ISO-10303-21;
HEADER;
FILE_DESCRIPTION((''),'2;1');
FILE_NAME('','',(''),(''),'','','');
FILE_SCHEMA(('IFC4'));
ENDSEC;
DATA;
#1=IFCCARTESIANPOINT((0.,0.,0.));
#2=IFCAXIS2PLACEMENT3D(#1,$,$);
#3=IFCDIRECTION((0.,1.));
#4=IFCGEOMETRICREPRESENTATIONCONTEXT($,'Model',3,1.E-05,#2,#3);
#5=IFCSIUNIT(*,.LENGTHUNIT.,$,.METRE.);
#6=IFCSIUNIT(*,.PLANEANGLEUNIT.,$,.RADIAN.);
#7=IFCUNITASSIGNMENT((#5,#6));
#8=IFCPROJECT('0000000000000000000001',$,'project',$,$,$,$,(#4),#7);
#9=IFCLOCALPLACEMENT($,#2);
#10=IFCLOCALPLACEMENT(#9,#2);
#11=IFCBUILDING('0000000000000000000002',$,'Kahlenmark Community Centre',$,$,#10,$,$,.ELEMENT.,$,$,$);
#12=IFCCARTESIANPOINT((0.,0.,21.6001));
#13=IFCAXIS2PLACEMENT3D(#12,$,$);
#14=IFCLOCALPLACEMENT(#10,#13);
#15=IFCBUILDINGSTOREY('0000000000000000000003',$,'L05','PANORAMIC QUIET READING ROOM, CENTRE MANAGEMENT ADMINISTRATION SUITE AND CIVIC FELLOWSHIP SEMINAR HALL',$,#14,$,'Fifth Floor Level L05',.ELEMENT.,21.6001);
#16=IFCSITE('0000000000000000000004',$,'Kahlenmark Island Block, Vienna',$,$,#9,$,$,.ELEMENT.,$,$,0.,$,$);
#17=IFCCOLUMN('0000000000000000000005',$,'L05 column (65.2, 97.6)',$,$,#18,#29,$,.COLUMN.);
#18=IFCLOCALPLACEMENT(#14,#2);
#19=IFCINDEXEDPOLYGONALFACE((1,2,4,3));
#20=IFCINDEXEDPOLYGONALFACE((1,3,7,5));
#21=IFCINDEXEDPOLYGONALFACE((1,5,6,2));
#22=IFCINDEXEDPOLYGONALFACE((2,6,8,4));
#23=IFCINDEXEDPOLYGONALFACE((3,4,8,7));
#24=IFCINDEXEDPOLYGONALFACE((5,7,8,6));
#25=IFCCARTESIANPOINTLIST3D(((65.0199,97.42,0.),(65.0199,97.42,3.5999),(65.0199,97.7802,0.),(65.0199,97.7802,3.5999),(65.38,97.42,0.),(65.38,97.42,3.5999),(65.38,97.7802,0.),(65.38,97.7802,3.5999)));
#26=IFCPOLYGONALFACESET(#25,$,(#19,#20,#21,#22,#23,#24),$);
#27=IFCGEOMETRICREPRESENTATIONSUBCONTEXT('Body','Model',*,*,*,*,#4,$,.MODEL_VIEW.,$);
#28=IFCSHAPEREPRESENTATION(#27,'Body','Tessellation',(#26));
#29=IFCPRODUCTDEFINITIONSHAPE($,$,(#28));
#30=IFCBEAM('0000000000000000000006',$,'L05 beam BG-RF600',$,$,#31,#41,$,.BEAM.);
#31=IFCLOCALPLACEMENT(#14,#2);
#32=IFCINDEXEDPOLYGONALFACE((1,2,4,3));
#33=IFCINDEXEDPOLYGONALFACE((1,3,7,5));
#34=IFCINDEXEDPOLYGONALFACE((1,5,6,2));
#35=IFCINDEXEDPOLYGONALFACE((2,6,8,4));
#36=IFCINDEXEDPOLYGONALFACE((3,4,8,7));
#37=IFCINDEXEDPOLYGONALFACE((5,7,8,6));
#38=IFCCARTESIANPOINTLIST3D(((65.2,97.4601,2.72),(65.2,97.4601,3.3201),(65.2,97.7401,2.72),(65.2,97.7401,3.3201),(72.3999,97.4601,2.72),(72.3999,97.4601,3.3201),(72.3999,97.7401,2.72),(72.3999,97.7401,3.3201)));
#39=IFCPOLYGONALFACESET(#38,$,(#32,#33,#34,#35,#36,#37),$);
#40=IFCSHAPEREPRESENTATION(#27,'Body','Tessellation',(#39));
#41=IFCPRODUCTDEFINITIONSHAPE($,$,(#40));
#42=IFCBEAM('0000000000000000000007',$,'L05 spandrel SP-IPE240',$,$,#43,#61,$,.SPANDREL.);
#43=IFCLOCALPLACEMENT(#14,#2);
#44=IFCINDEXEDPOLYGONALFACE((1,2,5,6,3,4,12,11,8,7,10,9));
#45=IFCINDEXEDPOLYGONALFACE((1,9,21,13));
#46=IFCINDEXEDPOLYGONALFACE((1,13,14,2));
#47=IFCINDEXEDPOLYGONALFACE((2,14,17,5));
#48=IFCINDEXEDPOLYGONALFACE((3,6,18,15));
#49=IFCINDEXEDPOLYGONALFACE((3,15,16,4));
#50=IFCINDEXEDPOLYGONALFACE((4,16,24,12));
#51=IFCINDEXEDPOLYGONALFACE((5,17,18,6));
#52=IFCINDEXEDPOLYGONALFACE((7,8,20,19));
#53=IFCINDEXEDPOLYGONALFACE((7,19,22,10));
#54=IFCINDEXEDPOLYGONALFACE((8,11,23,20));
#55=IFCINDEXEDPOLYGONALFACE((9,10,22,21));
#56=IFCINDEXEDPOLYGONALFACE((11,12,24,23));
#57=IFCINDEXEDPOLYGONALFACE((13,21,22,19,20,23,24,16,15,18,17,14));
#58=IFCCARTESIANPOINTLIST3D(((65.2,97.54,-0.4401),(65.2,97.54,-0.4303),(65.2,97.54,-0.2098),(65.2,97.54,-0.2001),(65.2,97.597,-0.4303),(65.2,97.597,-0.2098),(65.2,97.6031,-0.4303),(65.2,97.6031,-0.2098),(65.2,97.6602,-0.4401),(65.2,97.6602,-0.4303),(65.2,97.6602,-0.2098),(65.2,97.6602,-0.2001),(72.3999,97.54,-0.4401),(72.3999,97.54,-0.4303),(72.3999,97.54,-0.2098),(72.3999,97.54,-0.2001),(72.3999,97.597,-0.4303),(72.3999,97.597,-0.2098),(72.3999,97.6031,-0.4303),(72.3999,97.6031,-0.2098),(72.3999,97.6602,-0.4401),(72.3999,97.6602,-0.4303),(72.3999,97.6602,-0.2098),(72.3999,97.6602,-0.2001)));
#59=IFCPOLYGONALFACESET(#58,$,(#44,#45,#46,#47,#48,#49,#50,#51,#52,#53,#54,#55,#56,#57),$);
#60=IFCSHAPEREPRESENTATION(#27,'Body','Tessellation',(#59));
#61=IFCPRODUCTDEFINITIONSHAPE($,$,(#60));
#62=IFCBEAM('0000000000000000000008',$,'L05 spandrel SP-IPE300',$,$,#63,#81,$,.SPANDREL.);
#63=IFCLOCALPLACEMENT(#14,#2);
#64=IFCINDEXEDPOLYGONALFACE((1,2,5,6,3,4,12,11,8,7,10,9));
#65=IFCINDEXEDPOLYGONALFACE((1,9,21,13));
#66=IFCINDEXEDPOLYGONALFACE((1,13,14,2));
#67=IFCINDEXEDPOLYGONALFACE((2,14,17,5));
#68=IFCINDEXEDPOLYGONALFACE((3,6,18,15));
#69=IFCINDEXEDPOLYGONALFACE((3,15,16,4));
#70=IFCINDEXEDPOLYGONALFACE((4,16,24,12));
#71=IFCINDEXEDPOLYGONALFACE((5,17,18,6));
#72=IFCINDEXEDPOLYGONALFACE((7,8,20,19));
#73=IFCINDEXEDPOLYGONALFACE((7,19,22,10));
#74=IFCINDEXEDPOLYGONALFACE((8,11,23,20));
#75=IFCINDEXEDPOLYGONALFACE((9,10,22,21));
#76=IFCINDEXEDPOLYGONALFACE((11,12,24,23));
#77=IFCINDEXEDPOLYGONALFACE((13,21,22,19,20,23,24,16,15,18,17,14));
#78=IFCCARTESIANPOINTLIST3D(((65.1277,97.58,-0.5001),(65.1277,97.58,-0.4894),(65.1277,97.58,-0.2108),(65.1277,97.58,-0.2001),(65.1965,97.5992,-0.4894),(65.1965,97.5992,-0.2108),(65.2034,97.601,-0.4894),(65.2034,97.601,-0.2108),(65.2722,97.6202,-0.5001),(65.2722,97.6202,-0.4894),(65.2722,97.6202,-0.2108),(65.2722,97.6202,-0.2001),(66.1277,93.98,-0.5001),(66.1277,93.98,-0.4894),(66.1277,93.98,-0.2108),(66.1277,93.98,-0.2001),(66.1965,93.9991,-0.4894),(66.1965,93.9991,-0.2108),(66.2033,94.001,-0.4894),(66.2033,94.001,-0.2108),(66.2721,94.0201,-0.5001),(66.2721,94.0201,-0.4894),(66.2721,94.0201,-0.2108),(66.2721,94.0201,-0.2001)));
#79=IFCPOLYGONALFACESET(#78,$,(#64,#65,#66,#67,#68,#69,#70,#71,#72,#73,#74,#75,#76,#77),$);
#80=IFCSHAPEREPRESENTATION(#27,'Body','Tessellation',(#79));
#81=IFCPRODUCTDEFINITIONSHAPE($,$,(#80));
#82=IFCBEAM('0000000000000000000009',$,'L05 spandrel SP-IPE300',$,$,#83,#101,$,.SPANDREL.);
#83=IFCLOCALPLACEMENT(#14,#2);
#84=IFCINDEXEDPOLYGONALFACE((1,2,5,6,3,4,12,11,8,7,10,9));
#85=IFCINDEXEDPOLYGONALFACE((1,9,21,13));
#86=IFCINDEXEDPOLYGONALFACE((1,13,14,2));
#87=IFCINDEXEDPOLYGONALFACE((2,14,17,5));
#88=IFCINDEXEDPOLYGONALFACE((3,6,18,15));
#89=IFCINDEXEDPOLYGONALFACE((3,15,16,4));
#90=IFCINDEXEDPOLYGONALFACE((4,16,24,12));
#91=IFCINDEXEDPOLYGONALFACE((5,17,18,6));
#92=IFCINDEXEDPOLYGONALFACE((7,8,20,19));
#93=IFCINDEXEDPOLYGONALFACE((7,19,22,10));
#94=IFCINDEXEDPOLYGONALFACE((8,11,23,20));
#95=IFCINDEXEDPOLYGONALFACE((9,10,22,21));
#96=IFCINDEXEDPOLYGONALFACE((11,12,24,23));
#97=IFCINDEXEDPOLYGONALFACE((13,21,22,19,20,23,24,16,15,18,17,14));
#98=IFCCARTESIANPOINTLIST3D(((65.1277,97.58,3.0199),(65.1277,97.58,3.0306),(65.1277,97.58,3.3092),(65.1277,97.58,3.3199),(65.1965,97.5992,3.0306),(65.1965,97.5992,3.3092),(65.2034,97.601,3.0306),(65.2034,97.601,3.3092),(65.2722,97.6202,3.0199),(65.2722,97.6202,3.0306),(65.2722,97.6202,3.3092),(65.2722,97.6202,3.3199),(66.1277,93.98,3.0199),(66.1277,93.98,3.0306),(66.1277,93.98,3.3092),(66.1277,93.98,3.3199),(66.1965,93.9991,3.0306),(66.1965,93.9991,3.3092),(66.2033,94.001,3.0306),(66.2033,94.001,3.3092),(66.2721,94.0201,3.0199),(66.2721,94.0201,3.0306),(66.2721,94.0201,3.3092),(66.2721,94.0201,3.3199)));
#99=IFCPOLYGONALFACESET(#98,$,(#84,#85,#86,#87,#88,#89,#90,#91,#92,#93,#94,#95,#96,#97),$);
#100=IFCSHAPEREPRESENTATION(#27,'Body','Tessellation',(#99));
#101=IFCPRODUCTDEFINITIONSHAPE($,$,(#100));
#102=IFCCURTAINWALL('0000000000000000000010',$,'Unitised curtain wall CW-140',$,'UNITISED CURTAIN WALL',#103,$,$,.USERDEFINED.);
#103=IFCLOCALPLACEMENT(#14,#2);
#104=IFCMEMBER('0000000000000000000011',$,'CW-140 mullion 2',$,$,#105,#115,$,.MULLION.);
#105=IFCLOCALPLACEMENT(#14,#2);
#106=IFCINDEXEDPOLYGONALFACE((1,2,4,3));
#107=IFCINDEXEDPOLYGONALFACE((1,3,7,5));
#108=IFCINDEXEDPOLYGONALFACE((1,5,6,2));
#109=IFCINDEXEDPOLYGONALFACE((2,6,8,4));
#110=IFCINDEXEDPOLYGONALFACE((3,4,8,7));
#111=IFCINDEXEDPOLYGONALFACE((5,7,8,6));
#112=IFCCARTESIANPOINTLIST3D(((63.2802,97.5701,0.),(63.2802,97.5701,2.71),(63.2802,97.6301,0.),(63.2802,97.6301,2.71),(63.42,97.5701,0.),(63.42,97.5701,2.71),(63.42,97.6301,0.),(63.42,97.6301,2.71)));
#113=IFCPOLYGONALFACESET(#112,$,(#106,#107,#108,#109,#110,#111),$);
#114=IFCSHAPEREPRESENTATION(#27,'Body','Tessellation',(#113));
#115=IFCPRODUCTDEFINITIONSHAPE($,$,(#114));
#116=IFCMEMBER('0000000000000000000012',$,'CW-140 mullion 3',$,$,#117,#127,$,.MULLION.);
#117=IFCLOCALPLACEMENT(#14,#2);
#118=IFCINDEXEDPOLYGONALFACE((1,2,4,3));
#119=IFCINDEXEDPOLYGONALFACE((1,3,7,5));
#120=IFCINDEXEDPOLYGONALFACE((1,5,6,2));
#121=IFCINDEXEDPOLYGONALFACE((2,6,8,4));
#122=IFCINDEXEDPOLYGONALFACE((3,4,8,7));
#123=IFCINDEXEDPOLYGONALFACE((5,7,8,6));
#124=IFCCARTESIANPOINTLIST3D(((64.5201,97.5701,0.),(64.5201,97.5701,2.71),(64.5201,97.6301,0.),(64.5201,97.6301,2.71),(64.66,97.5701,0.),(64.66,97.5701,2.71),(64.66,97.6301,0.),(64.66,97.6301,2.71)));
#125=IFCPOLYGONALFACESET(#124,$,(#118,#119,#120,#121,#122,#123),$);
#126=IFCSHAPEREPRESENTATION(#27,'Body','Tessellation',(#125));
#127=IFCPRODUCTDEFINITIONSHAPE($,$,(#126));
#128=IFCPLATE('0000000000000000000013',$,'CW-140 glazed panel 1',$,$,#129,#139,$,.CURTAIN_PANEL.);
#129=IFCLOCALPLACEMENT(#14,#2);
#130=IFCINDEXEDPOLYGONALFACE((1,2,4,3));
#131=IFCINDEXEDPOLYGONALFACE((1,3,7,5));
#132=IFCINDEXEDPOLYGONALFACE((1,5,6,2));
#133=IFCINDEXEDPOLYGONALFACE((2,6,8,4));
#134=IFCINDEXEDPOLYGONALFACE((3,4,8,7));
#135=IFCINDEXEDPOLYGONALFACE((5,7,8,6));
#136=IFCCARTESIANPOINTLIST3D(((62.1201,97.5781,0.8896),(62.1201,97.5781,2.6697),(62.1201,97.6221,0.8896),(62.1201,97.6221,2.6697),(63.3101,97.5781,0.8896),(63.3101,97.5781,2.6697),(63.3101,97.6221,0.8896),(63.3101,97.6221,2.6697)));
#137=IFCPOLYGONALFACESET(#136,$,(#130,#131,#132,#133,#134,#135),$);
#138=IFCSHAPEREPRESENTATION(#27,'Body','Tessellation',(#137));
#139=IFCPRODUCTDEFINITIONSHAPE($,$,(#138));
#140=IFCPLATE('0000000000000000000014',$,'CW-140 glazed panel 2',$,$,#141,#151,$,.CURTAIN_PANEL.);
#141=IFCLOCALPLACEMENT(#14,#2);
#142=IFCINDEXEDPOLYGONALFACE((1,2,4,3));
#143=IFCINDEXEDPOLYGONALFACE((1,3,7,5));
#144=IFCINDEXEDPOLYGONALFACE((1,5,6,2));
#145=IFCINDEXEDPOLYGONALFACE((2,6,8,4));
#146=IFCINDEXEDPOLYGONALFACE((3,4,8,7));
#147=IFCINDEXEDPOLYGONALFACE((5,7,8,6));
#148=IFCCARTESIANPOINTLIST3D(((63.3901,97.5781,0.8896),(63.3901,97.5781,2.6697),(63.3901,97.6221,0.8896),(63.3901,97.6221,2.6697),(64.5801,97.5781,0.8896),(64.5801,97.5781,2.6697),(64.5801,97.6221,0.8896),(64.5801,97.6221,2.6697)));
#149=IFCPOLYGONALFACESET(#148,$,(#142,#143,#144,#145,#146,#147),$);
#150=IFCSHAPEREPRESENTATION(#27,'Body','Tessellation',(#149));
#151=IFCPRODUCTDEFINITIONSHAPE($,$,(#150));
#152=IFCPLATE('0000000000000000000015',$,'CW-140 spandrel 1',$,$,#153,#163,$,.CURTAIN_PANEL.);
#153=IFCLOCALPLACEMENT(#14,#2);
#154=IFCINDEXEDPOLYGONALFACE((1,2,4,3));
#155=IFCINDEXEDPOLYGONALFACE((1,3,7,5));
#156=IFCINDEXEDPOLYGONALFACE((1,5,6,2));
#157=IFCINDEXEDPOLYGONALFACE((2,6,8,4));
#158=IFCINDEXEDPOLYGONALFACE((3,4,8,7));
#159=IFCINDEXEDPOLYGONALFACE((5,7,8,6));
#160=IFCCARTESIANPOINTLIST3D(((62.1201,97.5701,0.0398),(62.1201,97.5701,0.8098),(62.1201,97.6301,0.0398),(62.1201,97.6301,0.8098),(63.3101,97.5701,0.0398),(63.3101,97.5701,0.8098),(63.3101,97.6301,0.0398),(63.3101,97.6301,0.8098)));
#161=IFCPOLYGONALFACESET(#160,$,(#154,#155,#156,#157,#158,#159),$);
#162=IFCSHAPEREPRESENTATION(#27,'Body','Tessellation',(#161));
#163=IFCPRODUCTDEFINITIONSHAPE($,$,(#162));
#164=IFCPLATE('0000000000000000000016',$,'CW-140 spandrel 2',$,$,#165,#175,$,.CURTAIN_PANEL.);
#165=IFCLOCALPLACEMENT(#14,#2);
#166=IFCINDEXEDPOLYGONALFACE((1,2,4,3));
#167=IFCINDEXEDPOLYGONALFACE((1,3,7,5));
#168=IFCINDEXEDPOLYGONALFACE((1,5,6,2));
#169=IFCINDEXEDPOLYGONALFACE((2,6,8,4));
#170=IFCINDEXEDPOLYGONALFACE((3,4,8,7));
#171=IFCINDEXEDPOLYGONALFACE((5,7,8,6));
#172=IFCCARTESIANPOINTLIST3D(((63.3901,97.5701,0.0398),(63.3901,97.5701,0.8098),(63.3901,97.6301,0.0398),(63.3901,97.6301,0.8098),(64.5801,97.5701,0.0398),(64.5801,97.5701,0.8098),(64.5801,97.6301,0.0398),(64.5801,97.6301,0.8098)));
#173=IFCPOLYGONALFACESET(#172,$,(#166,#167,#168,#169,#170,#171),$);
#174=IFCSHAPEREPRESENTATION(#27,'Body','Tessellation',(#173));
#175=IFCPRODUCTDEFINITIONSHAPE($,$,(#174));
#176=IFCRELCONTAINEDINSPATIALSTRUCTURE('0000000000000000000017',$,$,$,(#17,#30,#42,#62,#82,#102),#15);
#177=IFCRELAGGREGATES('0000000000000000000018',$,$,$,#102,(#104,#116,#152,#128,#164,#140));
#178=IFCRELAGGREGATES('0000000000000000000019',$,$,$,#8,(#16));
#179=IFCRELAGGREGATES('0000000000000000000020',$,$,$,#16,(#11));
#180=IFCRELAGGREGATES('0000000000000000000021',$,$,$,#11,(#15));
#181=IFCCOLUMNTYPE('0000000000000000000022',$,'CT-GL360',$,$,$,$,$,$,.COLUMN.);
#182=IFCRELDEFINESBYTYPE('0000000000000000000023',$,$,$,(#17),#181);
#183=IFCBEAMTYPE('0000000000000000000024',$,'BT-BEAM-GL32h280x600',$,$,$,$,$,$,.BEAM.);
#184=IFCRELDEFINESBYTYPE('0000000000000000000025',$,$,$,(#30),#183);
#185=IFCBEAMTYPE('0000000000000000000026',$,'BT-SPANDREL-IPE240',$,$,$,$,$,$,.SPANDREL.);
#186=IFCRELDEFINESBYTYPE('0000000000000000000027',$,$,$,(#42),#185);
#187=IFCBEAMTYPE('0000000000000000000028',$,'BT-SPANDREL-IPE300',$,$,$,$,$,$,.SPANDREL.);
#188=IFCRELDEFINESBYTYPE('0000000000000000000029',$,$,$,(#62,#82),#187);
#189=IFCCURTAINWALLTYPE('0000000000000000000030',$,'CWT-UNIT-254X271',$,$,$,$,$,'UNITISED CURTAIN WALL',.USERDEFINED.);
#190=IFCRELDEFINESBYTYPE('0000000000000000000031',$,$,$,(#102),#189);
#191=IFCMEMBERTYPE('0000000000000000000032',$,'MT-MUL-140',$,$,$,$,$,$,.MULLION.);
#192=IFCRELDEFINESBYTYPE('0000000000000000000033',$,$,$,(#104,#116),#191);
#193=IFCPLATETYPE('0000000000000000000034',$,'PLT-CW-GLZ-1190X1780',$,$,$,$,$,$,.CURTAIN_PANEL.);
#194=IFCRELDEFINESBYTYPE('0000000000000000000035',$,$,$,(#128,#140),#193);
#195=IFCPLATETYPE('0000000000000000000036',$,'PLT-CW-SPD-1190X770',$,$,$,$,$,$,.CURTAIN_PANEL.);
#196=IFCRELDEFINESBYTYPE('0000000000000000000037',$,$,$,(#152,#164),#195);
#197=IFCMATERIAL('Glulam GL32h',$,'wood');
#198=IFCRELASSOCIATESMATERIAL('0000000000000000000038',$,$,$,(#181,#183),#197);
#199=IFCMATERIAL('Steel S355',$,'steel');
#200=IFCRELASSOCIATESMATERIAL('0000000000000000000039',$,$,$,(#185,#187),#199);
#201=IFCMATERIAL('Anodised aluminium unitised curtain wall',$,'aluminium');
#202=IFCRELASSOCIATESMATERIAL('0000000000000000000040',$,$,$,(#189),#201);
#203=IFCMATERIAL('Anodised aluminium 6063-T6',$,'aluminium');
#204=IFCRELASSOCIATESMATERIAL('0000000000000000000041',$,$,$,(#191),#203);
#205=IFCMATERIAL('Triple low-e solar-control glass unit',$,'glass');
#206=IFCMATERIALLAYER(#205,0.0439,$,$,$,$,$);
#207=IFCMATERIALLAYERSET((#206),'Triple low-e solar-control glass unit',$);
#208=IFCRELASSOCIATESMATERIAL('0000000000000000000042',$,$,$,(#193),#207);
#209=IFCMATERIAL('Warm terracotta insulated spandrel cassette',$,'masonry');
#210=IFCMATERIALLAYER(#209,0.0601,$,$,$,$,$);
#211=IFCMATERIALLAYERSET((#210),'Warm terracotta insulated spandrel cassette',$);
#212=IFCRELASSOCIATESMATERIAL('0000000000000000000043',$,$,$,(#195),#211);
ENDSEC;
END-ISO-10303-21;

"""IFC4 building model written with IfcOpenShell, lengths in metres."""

from ifc_helpers import new_model, si_unit, direction, frame, origin, origin_2d, place, context, subcontext, project, spatial, rectangle, i_section, extrude, material, layer, layer_set, material_profile, profile_set, type_object, element, aggregate, save


model = new_model("IFC4")

# Units and contexts
model_context = context("Model", 3, precision=1e-05, world=origin(), true_north=direction((0.0, 1.0)))
body_context = subcontext(model_context, "Body", "Model", "MODEL_VIEW")
ifc_project = project(units=[si_unit("LENGTHUNIT", "METRE"), si_unit("PLANEANGLEUNIT", "RADIAN")], contexts=[model_context])

# Site, building, storey
site_placement = place(None, origin())
site = spatial("IfcSite", under=ifc_project, at=site_placement, Name="Kahlenmark Island Block, Vienna", CompositionType="ELEMENT", RefElevation=0.0)
building_placement = place(site_placement, origin())
building = spatial("IfcBuilding", under=site, at=building_placement, Name="Kahlenmark Community Centre", CompositionType="ELEMENT")
storey_placement = place(building_placement, frame((0.0, 0.0, 21.6001)))
storey = spatial("IfcBuildingStorey", under=building, at=storey_placement, Name="L05", Description="PANORAMIC QUIET READING ROOM, CENTRE MANAGEMENT ADMINISTRATION SUITE AND CIVIC FELLOWSHIP SEMINAR HALL", LongName="Fifth Floor Level L05", CompositionType="ELEMENT", Elevation=21.6001)

# Column
ifc_material_1 = material(Name="Glulam GL32h", Category="wood")
ifc_material_profile_1 = material_profile(ifc_material_1, rectangle(XDim=0.3601, YDim=0.3601, at=origin_2d()), Name="GL32h 360x360")
ifc_profile_set_1 = profile_set([ifc_material_profile_1], Name="Glulam GL32h")
column_type = type_object("IfcColumnType", Name="CT-GL360", PredefinedType="COLUMN", material=ifc_profile_set_1)
column_placement = place(storey_placement, frame((65.2, 97.6001, 0.0), z_axis=(0.0, 0.0, 1.0), x_axis=(1.0, 0.0, 0.0)))
element("IfcColumn", 1, at=column_placement, inside=storey, type_object=column_type, Name="L05 column (65.2, 97.6)", PredefinedType="COLUMN", context=body_context, shape_type="SweptSolid", body=[
    extrude(rectangle(XDim=0.3601, YDim=0.3601, at=origin_2d()), origin(), (0.0, 0.0, 1.0), 3.5999),
])

# Beams
ifc_material_profile_2 = material_profile(ifc_material_1, rectangle(XDim=0.28, YDim=0.6001, at=origin_2d()), Name="GL32h 280x600")
ifc_profile_set_2 = profile_set([ifc_material_profile_2], Name="Glulam GL32h")
beam_type_1 = type_object("IfcBeamType", Name="BT-BEAM-GL32h280x600", PredefinedType="BEAM", material=ifc_profile_set_2)
beam_1_placement = place(storey_placement, frame((65.2, 97.6001, 3.02), z_axis=(1.0, 0.0, 0.0), x_axis=(0.0, 1.0, 0.0)))
element("IfcBeam", 2, at=beam_1_placement, inside=storey, type_object=beam_type_1, Name="L05 beam BG-RF600", PredefinedType="BEAM", context=body_context, shape_type="SweptSolid", body=[
    extrude(rectangle(XDim=0.28, YDim=0.6001, at=origin_2d()), origin(), (0.0, 0.0, 1.0), 7.2),
])
ifc_material_2 = material(Name="Steel S355", Category="steel")
ifc_material_profile_3 = material_profile(ifc_material_2, i_section(OverallWidth=0.1201, OverallDepth=0.24, WebThickness=0.0061, FlangeThickness=0.0098, at=origin_2d()), Name="IPE 240")
ifc_profile_set_3 = profile_set([ifc_material_profile_3], Name="Steel S355")
beam_type_2 = type_object("IfcBeamType", Name="BT-SPANDREL-IPE240", PredefinedType="SPANDREL", material=ifc_profile_set_3)
beam_2_placement = place(storey_placement, frame((65.2, 97.6001, -0.3201), z_axis=(1.0, 0.0, 0.0), x_axis=(0.0, 1.0, 0.0)))
element("IfcBeam", 3, at=beam_2_placement, inside=storey, type_object=beam_type_2, Name="L05 spandrel SP-IPE240", PredefinedType="SPANDREL", context=body_context, shape_type="SweptSolid", body=[
    extrude(i_section(OverallWidth=0.1201, OverallDepth=0.24, WebThickness=0.0061, FlangeThickness=0.0098, at=origin_2d()), origin(), (0.0, 0.0, 1.0), 7.2),
])
ifc_material_profile_4 = material_profile(ifc_material_2, i_section(OverallWidth=0.1499, OverallDepth=0.3, WebThickness=0.0071, FlangeThickness=0.0107, at=origin_2d()), Name="IPE 300")
ifc_profile_set_4 = profile_set([ifc_material_profile_4], Name="Steel S355")
beam_type_3 = type_object("IfcBeamType", Name="BT-SPANDREL-IPE300", PredefinedType="SPANDREL", material=ifc_profile_set_4)
for number, where, z_axis, x_axis, name in (
    (4, (65.2, 97.6001, -0.3501), (0.267637, -0.96352, 0.0), (0.96352, 0.267637, 0.0), "L05 spandrel SP-IPE300"),
    (5, (65.2, 97.6001, 3.1699), (0.267637, -0.96352, 0.0), (0.96352, 0.267637, 0.0), "L05 spandrel SP-IPE300"),
):
    element("IfcBeam", number, at=place(storey_placement, frame(where, z_axis=z_axis, x_axis=x_axis)), inside=storey, type_object=beam_type_3, Name=name, PredefinedType="SPANDREL", context=body_context, shape_type="SweptSolid", body=[
        extrude(i_section(OverallWidth=0.1499, OverallDepth=0.3, WebThickness=0.0071, FlangeThickness=0.0107, at=origin_2d()), origin(), (0.0, 0.0, 1.0), 3.7363),
    ])

# Curtain wall, members, plates
ifc_material_3 = material(Name="Anodised aluminium unitised curtain wall", Category="aluminium")
curtain_wall_type = type_object("IfcCurtainWallType", Name="CWT-UNIT-254X271", ElementType="UNITISED CURTAIN WALL", PredefinedType="USERDEFINED", material=ifc_material_3)
curtain_wall_placement = place(storey_placement, origin())
curtain_wall = element("IfcCurtainWall", 6, at=curtain_wall_placement, inside=storey, type_object=curtain_wall_type, Name="Unitised curtain wall CW-140", ObjectType="UNITISED CURTAIN WALL", PredefinedType="USERDEFINED")
ifc_material_4 = material(Name="Anodised aluminium 6063-T6", Category="aluminium")
ifc_material_profile_5 = material_profile(ifc_material_4, rectangle(XDim=0.0601, YDim=0.1399, at=origin_2d()), Name="ALU MULLION 60x140")
ifc_profile_set_5 = profile_set([ifc_material_profile_5], Name="Anodised aluminium 6063-T6")
member_type = type_object("IfcMemberType", Name="MT-MUL-140", PredefinedType="MULLION", material=ifc_profile_set_5)
member_1_placement = place(storey_placement, frame((63.3501, 97.6001, 0.0), z_axis=(0.0, 0.0, 1.0), x_axis=(0.0, 1.0, 0.0)))
member_1 = element("IfcMember", 7, at=member_1_placement, type_object=member_type, Name="CW-140 mullion 2", PredefinedType="MULLION", context=body_context, shape_type="SweptSolid", body=[
    extrude(rectangle(XDim=0.0601, YDim=0.1399, at=origin_2d()), origin(), (0.0, 0.0, 1.0), 2.71),
])
member_2_placement = place(storey_placement, frame((64.5901, 97.6001, 0.0), z_axis=(0.0, 0.0, 1.0), x_axis=(0.0, 1.0, 0.0)))
member_2 = element("IfcMember", 8, at=member_2_placement, type_object=member_type, Name="CW-140 mullion 3", PredefinedType="MULLION", context=body_context, shape_type="SweptSolid", body=[
    extrude(rectangle(XDim=0.0601, YDim=0.1399, at=origin_2d()), origin(), (0.0, 0.0, 1.0), 2.71),
])
ifc_material_5 = material(Name="Triple low-e solar-control glass unit", Category="glass")
ifc_layer_1 = layer(ifc_material_5, 0.0439)
ifc_layer_set_1 = layer_set([ifc_layer_1], Name="Triple low-e solar-control glass unit")
plate_type_1 = type_object("IfcPlateType", Name="PLT-CW-GLZ-1190X1780", PredefinedType="CURTAIN_PANEL", material=ifc_layer_set_1)
plate_1_placement = place(storey_placement, frame((62.7151, 97.6001, 0.8896), z_axis=(0.0, 0.0, 1.0), x_axis=(1.0, 0.0, 0.0)))
plate_1 = element("IfcPlate", 9, at=plate_1_placement, type_object=plate_type_1, Name="CW-140 glazed panel 1", PredefinedType="CURTAIN_PANEL", context=body_context, shape_type="SweptSolid", body=[
    extrude(rectangle(XDim=1.1899, YDim=0.0439, at=origin_2d()), origin(), (0.0, 0.0, 1.0), 1.78),
])
plate_2_placement = place(storey_placement, frame((63.9851, 97.6001, 0.8896), z_axis=(0.0, 0.0, 1.0), x_axis=(1.0, 0.0, 0.0)))
plate_2 = element("IfcPlate", 10, at=plate_2_placement, type_object=plate_type_1, Name="CW-140 glazed panel 2", PredefinedType="CURTAIN_PANEL", context=body_context, shape_type="SweptSolid", body=[
    extrude(rectangle(XDim=1.1899, YDim=0.0439, at=origin_2d()), origin(), (0.0, 0.0, 1.0), 1.78),
])
ifc_material_6 = material(Name="Warm terracotta insulated spandrel cassette", Category="masonry")
ifc_layer_2 = layer(ifc_material_6, 0.0601)
ifc_layer_set_2 = layer_set([ifc_layer_2], Name="Warm terracotta insulated spandrel cassette")
plate_type_2 = type_object("IfcPlateType", Name="PLT-CW-SPD-1190X770", PredefinedType="CURTAIN_PANEL", material=ifc_layer_set_2)
plate_3_placement = place(storey_placement, frame((62.7151, 97.6001, 0.0398), z_axis=(0.0, 0.0, 1.0), x_axis=(1.0, 0.0, 0.0)))
plate_3 = element("IfcPlate", 11, at=plate_3_placement, type_object=plate_type_2, Name="CW-140 spandrel 1", PredefinedType="CURTAIN_PANEL", context=body_context, shape_type="SweptSolid", body=[
    extrude(rectangle(XDim=1.1899, YDim=0.0601, at=origin_2d()), origin(), (0.0, 0.0, 1.0), 0.77),
])
plate_4_placement = place(storey_placement, frame((63.9851, 97.6001, 0.0398), z_axis=(0.0, 0.0, 1.0), x_axis=(1.0, 0.0, 0.0)))
plate_4 = element("IfcPlate", 12, at=plate_4_placement, type_object=plate_type_2, Name="CW-140 spandrel 2", PredefinedType="CURTAIN_PANEL", context=body_context, shape_type="SweptSolid", body=[
    extrude(rectangle(XDim=1.1899, YDim=0.0601, at=origin_2d()), origin(), (0.0, 0.0, 1.0), 0.77),
])
aggregate(curtain_wall, [member_1, member_2, plate_3, plate_1, plate_4, plate_2])

save(model, "model.ifc")
